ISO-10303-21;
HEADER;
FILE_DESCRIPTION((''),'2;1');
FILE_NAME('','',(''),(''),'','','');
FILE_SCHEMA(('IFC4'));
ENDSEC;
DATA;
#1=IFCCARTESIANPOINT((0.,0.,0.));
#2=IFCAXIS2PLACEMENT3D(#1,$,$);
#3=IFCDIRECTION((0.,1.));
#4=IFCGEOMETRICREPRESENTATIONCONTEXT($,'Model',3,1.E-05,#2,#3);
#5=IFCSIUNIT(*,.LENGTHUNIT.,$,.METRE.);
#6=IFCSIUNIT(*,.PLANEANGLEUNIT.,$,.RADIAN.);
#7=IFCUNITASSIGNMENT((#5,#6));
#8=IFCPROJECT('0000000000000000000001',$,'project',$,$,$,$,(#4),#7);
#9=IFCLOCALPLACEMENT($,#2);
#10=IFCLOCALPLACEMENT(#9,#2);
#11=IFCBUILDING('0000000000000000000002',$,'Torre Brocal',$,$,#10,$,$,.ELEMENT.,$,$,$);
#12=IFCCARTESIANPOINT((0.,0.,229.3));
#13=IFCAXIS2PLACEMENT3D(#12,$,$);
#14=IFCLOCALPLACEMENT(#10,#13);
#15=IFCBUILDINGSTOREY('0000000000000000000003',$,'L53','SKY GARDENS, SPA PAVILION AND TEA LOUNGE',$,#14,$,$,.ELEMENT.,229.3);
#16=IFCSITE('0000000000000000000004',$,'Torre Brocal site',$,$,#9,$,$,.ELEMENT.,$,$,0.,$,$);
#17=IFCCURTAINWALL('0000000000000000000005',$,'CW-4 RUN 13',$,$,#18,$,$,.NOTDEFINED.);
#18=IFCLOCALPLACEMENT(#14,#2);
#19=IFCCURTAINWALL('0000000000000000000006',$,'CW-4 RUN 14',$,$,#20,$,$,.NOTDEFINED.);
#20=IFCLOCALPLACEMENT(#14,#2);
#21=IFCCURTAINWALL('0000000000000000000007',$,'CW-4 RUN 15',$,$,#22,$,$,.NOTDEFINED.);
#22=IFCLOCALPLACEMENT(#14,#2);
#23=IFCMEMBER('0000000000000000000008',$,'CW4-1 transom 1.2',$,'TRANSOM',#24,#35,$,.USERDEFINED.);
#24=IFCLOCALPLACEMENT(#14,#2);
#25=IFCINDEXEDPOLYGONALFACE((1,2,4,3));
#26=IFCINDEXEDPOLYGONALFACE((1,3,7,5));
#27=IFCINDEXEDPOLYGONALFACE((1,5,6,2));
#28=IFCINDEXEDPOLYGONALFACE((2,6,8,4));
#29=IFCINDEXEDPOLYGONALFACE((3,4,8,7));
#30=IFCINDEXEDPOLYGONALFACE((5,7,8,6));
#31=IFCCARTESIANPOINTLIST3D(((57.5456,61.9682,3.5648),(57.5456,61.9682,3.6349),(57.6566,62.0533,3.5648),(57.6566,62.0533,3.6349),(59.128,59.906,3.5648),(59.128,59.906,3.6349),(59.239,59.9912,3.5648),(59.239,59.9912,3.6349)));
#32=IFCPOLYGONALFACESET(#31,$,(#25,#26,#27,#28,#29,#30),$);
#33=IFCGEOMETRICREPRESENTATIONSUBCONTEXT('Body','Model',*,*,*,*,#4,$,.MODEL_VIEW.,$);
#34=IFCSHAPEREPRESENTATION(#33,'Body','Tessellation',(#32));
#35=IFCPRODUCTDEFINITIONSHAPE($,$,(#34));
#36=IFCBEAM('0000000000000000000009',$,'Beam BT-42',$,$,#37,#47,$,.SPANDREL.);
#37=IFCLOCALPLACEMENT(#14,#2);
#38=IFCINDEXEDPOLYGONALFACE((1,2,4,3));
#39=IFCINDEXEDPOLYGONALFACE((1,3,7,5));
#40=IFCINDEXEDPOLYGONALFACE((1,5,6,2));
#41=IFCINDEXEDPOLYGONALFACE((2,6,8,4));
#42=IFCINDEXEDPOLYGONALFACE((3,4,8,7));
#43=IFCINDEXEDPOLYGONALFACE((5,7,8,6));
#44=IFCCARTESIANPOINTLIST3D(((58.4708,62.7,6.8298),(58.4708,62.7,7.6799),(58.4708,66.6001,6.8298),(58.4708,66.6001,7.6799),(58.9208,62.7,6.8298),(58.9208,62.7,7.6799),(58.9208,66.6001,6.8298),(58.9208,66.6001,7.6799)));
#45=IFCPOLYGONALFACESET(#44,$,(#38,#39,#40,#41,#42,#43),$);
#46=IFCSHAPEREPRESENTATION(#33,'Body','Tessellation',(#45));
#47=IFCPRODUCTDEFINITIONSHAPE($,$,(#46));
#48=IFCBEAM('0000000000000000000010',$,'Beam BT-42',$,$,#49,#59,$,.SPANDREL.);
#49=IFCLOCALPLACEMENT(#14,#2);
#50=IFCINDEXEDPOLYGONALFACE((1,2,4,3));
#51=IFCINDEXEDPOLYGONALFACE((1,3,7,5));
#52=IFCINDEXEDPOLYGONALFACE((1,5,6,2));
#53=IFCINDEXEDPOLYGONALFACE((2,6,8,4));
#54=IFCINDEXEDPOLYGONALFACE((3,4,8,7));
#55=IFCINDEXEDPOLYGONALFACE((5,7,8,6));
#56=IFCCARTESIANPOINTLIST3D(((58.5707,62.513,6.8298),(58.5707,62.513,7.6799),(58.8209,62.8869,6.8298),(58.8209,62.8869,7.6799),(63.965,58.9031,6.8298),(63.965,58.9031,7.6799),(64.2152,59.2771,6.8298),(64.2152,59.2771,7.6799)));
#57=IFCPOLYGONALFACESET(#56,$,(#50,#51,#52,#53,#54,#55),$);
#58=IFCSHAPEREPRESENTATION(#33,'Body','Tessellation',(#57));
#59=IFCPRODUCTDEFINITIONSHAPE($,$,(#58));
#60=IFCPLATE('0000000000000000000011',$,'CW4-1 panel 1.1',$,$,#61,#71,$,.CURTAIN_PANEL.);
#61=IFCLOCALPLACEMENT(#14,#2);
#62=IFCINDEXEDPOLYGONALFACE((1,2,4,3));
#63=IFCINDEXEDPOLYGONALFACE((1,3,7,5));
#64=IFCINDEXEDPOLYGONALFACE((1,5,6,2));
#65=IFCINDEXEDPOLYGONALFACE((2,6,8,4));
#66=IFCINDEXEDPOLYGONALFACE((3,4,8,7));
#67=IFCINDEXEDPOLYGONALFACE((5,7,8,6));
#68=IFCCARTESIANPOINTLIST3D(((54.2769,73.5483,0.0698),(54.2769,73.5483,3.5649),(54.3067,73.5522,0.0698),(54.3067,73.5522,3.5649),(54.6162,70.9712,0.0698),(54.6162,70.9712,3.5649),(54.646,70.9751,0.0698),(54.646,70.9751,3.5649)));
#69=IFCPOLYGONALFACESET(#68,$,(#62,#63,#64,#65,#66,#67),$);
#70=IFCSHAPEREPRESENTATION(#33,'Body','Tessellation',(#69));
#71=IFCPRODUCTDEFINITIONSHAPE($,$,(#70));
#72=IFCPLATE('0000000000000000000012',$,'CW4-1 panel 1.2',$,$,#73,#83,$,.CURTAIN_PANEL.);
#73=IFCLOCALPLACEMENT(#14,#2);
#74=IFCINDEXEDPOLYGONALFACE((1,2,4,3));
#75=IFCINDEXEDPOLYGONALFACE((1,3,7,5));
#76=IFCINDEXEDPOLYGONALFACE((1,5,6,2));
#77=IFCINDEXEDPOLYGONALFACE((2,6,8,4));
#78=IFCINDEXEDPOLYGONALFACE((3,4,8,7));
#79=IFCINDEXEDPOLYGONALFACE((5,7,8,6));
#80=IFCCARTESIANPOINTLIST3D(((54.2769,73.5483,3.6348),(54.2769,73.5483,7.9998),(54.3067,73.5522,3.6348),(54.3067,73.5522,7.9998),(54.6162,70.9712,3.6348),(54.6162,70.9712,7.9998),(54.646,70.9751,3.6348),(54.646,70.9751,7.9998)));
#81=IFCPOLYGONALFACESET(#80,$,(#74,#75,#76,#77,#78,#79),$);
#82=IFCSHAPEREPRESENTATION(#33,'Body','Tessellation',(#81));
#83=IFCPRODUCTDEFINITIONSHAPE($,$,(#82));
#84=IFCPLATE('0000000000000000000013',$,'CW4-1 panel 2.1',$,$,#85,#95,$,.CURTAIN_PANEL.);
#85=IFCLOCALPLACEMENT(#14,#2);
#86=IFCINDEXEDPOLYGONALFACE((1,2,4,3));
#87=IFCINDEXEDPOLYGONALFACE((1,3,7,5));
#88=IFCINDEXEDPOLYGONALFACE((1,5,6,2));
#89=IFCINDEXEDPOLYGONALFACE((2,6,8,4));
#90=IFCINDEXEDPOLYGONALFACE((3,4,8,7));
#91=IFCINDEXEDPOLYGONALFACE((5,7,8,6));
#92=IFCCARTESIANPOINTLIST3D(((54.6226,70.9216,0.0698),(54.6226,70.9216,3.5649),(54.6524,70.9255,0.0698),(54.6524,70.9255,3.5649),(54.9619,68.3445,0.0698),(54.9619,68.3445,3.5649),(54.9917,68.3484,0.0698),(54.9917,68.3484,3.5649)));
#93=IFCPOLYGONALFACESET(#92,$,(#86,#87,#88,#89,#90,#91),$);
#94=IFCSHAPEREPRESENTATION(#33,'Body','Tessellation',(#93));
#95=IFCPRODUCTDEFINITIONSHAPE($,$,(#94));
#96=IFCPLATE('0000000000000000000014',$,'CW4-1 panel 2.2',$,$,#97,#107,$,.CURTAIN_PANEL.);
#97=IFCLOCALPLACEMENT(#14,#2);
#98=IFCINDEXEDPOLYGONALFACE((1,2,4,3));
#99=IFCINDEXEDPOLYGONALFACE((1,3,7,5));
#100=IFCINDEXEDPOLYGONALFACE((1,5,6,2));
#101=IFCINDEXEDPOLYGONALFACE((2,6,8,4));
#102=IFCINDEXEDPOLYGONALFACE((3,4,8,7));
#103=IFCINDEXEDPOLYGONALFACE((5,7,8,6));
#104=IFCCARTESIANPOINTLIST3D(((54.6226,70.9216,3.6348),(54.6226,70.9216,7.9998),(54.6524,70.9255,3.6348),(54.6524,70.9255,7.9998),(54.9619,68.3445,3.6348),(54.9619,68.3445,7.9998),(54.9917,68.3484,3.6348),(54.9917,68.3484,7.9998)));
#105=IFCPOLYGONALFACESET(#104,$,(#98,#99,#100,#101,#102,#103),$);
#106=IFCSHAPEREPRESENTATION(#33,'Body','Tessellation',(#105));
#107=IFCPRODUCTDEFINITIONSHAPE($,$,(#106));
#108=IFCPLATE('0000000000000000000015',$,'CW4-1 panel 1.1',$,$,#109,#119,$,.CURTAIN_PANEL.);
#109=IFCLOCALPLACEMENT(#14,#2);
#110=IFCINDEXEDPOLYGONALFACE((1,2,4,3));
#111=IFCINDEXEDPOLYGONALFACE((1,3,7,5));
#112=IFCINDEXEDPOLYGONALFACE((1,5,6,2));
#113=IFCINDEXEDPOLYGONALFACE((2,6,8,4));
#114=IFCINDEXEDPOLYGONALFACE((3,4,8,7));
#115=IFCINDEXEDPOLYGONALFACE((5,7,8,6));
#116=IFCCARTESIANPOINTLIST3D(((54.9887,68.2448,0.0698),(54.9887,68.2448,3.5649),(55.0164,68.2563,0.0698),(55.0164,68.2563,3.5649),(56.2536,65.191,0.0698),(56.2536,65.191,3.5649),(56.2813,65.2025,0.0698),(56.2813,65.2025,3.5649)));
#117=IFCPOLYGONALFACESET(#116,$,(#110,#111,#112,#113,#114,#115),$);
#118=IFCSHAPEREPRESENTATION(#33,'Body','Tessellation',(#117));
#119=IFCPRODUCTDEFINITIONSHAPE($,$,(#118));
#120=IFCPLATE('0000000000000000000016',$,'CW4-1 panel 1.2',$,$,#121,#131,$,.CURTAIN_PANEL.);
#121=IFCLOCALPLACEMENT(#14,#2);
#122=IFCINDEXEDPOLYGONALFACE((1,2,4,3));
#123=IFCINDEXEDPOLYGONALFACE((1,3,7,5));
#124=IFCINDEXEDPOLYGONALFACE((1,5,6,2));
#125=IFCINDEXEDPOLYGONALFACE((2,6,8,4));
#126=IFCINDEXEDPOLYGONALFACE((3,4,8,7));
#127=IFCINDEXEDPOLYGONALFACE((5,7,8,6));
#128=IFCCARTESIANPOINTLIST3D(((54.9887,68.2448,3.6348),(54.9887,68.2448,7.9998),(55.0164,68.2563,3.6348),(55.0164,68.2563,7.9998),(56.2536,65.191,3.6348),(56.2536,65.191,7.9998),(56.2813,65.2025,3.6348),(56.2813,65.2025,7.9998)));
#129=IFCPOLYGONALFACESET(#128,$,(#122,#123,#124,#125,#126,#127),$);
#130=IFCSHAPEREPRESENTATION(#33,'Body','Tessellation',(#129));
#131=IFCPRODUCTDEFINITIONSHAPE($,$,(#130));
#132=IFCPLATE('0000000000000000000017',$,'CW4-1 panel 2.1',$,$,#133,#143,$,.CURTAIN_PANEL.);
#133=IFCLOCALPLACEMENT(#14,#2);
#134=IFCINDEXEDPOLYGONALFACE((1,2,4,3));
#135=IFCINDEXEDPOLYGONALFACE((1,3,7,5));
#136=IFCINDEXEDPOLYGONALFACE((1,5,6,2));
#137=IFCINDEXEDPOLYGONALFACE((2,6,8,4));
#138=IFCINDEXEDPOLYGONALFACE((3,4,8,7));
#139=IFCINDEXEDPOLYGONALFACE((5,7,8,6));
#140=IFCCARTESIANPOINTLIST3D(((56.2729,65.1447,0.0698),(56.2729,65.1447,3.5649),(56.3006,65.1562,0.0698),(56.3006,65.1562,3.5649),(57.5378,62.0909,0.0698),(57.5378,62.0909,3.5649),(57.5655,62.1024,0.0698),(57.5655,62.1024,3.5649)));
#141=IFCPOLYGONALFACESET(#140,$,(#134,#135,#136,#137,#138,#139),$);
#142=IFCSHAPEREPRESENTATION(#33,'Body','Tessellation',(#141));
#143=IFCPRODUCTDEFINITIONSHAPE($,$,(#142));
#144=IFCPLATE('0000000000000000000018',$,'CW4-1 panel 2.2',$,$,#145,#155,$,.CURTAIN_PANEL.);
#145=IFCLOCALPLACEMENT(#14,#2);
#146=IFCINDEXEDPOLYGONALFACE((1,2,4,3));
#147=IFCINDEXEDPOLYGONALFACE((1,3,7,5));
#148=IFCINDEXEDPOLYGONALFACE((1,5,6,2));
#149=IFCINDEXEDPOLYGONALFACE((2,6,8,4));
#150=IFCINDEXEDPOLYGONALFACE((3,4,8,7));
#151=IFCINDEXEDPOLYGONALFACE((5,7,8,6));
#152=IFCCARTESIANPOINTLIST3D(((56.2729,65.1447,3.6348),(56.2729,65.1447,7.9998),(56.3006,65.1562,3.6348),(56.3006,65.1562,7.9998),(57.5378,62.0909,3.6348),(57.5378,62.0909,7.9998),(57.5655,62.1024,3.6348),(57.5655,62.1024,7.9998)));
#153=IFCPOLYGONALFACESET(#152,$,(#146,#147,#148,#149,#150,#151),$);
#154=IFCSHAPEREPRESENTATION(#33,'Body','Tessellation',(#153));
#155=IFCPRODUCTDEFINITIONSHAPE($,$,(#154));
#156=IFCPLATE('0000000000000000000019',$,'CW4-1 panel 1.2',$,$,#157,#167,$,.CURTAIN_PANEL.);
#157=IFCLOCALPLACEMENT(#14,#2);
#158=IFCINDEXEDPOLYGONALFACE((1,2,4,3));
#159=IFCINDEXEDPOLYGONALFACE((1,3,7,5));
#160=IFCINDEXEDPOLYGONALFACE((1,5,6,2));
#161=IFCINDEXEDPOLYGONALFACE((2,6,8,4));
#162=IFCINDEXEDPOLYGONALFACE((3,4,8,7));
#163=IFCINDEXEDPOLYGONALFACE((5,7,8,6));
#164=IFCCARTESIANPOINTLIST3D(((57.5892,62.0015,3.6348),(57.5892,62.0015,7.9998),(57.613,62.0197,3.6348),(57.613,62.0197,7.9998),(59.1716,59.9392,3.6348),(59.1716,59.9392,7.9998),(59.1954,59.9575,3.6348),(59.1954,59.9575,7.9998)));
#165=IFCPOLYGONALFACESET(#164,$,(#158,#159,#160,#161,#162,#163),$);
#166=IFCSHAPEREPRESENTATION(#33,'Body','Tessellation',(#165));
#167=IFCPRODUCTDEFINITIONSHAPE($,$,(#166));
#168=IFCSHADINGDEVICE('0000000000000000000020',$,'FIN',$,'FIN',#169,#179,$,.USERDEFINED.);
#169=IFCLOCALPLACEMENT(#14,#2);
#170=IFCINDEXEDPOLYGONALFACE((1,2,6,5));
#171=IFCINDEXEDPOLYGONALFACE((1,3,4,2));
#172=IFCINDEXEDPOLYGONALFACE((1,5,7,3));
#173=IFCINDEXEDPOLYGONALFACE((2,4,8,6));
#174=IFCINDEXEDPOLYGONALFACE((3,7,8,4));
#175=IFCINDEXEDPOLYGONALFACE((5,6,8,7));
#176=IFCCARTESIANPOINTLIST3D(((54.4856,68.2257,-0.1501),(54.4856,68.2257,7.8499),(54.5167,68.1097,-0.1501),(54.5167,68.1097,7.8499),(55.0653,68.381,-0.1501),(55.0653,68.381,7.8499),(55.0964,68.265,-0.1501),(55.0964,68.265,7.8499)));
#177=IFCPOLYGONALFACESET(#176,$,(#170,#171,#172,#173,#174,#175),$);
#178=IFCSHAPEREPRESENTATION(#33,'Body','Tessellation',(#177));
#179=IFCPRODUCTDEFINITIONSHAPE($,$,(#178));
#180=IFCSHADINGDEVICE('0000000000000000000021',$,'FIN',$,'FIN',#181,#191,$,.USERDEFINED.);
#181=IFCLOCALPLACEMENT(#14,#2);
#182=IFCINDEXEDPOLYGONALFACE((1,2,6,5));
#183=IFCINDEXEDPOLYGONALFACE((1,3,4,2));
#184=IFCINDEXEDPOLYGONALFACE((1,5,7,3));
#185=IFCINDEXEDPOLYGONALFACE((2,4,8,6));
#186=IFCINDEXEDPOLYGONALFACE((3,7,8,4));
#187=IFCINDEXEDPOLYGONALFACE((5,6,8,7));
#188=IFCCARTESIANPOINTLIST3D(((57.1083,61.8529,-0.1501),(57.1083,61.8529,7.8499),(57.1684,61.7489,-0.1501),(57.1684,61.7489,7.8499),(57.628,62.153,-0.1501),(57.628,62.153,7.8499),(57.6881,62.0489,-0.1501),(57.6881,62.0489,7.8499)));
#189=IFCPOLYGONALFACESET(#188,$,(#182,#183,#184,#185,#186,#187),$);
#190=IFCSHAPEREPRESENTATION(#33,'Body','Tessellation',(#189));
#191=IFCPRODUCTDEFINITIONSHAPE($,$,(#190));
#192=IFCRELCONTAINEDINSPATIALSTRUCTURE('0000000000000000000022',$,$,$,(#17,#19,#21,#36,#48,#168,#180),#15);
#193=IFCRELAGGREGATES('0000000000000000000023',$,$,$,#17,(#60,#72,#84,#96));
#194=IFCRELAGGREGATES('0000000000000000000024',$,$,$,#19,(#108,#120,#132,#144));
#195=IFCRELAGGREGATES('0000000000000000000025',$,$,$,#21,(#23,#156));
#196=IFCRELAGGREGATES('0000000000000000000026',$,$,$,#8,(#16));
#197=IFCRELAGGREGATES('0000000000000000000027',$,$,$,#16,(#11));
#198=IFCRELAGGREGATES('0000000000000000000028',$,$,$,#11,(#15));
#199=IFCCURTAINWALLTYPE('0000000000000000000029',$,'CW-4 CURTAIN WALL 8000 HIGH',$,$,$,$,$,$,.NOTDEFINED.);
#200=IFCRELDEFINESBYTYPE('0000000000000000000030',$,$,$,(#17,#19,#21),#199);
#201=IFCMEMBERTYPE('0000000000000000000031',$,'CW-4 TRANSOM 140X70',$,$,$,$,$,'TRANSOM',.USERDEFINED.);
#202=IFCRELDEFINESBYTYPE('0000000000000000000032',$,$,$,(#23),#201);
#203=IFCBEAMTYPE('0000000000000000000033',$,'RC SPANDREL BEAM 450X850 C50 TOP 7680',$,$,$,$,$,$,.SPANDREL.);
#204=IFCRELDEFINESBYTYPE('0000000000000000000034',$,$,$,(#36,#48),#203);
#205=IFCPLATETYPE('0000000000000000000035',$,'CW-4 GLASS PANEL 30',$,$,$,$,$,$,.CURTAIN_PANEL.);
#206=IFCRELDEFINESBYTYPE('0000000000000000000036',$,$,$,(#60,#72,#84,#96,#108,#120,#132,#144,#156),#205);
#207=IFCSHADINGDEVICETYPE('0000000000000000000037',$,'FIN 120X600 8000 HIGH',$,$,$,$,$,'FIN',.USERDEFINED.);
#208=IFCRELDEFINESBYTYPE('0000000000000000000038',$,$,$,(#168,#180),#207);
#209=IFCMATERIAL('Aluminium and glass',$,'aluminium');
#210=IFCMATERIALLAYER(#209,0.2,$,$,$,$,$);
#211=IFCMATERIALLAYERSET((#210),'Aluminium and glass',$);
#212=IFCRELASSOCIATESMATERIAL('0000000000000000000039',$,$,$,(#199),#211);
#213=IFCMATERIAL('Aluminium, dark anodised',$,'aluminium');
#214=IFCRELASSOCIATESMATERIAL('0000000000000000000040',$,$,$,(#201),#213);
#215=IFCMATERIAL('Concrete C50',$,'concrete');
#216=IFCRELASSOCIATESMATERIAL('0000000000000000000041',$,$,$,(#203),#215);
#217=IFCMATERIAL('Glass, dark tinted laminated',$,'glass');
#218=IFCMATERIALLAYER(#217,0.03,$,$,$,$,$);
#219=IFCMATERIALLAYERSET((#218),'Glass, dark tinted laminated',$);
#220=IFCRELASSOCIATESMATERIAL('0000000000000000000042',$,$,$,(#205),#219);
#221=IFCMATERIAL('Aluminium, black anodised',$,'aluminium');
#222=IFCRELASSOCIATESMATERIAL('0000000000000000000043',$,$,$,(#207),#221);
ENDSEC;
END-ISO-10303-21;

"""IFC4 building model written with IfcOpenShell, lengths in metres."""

from ifc_helpers import new_model, si_unit, direction, frame, origin, origin_2d, place, context, subcontext, project, spatial, rectangle, extrude, material, layer, layer_set, material_profile, profile_set, type_object, element, aggregate, save


model = new_model("IFC4")

# Units and contexts
model_context = context("Model", 3, precision=1e-05, world=origin(), true_north=direction((0.0, 1.0)))
body_context = subcontext(model_context, "Body", "Model", "MODEL_VIEW")
ifc_project = project(units=[si_unit("LENGTHUNIT", "METRE"), si_unit("PLANEANGLEUNIT", "RADIAN")], contexts=[model_context])

# Site, building, storey
site_placement = place(None, origin())
site = spatial("IfcSite", under=ifc_project, at=site_placement, Name="Torre Brocal site", CompositionType="ELEMENT", RefElevation=0.0)
building_placement = place(site_placement, origin())
building = spatial("IfcBuilding", under=site, at=building_placement, Name="Torre Brocal", CompositionType="ELEMENT")
storey_placement = place(building_placement, frame((0.0, 0.0, 229.3)))
storey = spatial("IfcBuildingStorey", under=building, at=storey_placement, Name="L53", Description="SKY GARDENS, SPA PAVILION AND TEA LOUNGE", CompositionType="ELEMENT", Elevation=229.3)

# Curtain walls
ifc_material_1 = material(Name="Aluminium and glass", Category="aluminium")
ifc_layer_1 = layer(ifc_material_1, 0.2)
ifc_layer_set_1 = layer_set([ifc_layer_1], Name="Aluminium and glass")
curtain_wall_type = type_object("IfcCurtainWallType", Name="CW-4 CURTAIN WALL 8000 HIGH", PredefinedType="NOTDEFINED", material=ifc_layer_set_1)
curtain_wall_1_placement = place(storey_placement, origin())
curtain_wall_1 = element("IfcCurtainWall", 1, at=curtain_wall_1_placement, inside=storey, type_object=curtain_wall_type, Name="CW-4 RUN 13", PredefinedType="NOTDEFINED")
curtain_wall_2_placement = place(storey_placement, origin())
curtain_wall_2 = element("IfcCurtainWall", 2, at=curtain_wall_2_placement, inside=storey, type_object=curtain_wall_type, Name="CW-4 RUN 14", PredefinedType="NOTDEFINED")

# Curtain wall
curtain_wall_3_placement = place(storey_placement, origin())
curtain_wall_3 = element("IfcCurtainWall", 3, at=curtain_wall_3_placement, inside=storey, type_object=curtain_wall_type, Name="CW-4 RUN 15", PredefinedType="NOTDEFINED")

# Member
ifc_material_2 = material(Name="Aluminium, dark anodised", Category="aluminium")
ifc_material_profile_1 = material_profile(ifc_material_2, rectangle(XDim=0.1399, YDim=0.0701, at=origin_2d()), Name="CW-4 TRANSOM 140X70")
ifc_profile_set_1 = profile_set([ifc_material_profile_1], Name="Aluminium, dark anodised")
member_type_1 = type_object("IfcMemberType", Name="CW-4 TRANSOM 140X70", ElementType="TRANSOM", PredefinedType="USERDEFINED", material=ifc_profile_set_1)
member_1_placement = place(storey_placement, frame((57.6011, 62.0107, 3.5999), z_axis=(0.608784, -0.793336, 0.0), x_axis=(0.793336, 0.608784, 0.0)))
member_1 = element("IfcMember", 4, at=member_1_placement, type_object=member_type_1, Name="CW4-1 transom 1.2", ObjectType="TRANSOM", PredefinedType="USERDEFINED", context=body_context, shape_type="SweptSolid", body=[
    extrude(rectangle(XDim=0.1399, YDim=0.0701, at=origin_2d()), origin(), (0.0, 0.0, 1.0), 2.5994),
])

# Beams
ifc_material_3 = material(Name="Concrete C50", Category="concrete")
ifc_material_profile_2 = material_profile(ifc_material_3, rectangle(XDim=0.45, YDim=0.8501, at=origin_2d()), Name="RC 450X850")
ifc_profile_set_2 = profile_set([ifc_material_profile_2], Name="Concrete C50")
beam_type = type_object("IfcBeamType", Name="RC SPANDREL BEAM 450X850 C50 TOP 7680", PredefinedType="SPANDREL", material=ifc_profile_set_2)
beam_1_placement = place(storey_placement, frame((58.6958, 62.7, 7.2549), z_axis=(0.0, 1.0, 0.0), x_axis=(-1.0, 0.0, 0.0)))
element("IfcBeam", 5, at=beam_1_placement, inside=storey, type_object=beam_type, Name="Beam BT-42", PredefinedType="SPANDREL", context=body_context, shape_type="SweptSolid", body=[
    extrude(rectangle(XDim=0.45, YDim=0.8501, at=origin_2d()), origin(), (0.0, 0.0, 1.0), 3.9001),
])
beam_2_placement = place(storey_placement, frame((58.6958, 62.7, 7.2549), z_axis=(0.831077, -0.556158, 0.0), x_axis=(0.556158, 0.831077, 0.0)))
element("IfcBeam", 6, at=beam_2_placement, inside=storey, type_object=beam_type, Name="Beam BT-42", PredefinedType="SPANDREL", context=body_context, shape_type="SweptSolid", body=[
    extrude(rectangle(XDim=0.45, YDim=0.8501, at=origin_2d()), origin(), (0.0, 0.0, 1.0), 6.4907),
])

# Plates
ifc_material_4 = material(Name="Glass, dark tinted laminated", Category="glass")
ifc_layer_2 = layer(ifc_material_4, 0.03)
ifc_layer_set_2 = layer_set([ifc_layer_2], Name="Glass, dark tinted laminated")
plate_type = type_object("IfcPlateType", Name="CW-4 GLASS PANEL 30", PredefinedType="CURTAIN_PANEL", material=ifc_layer_set_2)
plate_1_placement = place(storey_placement, frame((54.4614, 72.2617, 0.0698), z_axis=(0.0, 0.0, 1.0), x_axis=(0.130526, -0.991445, 0.0)))
plate_1 = element("IfcPlate", 7, at=plate_1_placement, type_object=plate_type, Name="CW4-1 panel 1.1", PredefinedType="CURTAIN_PANEL", context=body_context, shape_type="SweptSolid", body=[
    extrude(rectangle(XDim=2.5994, YDim=0.03, at=origin_2d()), origin(), (0.0, 0.0, 1.0), 3.4951),
])
plate_2_placement = place(storey_placement, frame((54.4614, 72.2617, 3.6348), z_axis=(0.0, 0.0, 1.0), x_axis=(0.130526, -0.991445, 0.0)))
plate_2 = element("IfcPlate", 8, at=plate_2_placement, type_object=plate_type, Name="CW4-1 panel 1.2", PredefinedType="CURTAIN_PANEL", context=body_context, shape_type="SweptSolid", body=[
    extrude(rectangle(XDim=2.5994, YDim=0.03, at=origin_2d()), origin(), (0.0, 0.0, 1.0), 4.365),
])
plate_3_placement = place(storey_placement, frame((54.8071, 69.635, 0.0698), z_axis=(0.0, 0.0, 1.0), x_axis=(0.130526, -0.991445, 0.0)))
plate_3 = element("IfcPlate", 9, at=plate_3_placement, type_object=plate_type, Name="CW4-1 panel 2.1", PredefinedType="CURTAIN_PANEL", context=body_context, shape_type="SweptSolid", body=[
    extrude(rectangle(XDim=2.5994, YDim=0.03, at=origin_2d()), origin(), (0.0, 0.0, 1.0), 3.4951),
])
plate_4_placement = place(storey_placement, frame((54.8071, 69.635, 3.6348), z_axis=(0.0, 0.0, 1.0), x_axis=(0.130526, -0.991445, 0.0)))
plate_4 = element("IfcPlate", 10, at=plate_4_placement, type_object=plate_type, Name="CW4-1 panel 2.2", PredefinedType="CURTAIN_PANEL", context=body_context, shape_type="SweptSolid", body=[
    extrude(rectangle(XDim=2.5994, YDim=0.03, at=origin_2d()), origin(), (0.0, 0.0, 1.0), 4.365),
])
aggregate(curtain_wall_1, [plate_1, plate_2, plate_3, plate_4])
plate_5_placement = place(storey_placement, frame((55.635, 66.7236, 0.0698), z_axis=(0.0, 0.0, 1.0), x_axis=(0.382683, -0.92388, 0.0)))
plate_5 = element("IfcPlate", 11, at=plate_5_placement, type_object=plate_type, Name="CW4-1 panel 1.1", PredefinedType="CURTAIN_PANEL", context=body_context, shape_type="SweptSolid", body=[
    extrude(rectangle(XDim=3.3054, YDim=0.03, at=origin_2d()), origin(), (0.0, 0.0, 1.0), 3.4951),
])
plate_6_placement = place(storey_placement, frame((55.635, 66.7236, 3.6348), z_axis=(0.0, 0.0, 1.0), x_axis=(0.382683, -0.92388, 0.0)))
plate_6 = element("IfcPlate", 12, at=plate_6_placement, type_object=plate_type, Name="CW4-1 panel 1.2", PredefinedType="CURTAIN_PANEL", context=body_context, shape_type="SweptSolid", body=[
    extrude(rectangle(XDim=3.3054, YDim=0.03, at=origin_2d()), origin(), (0.0, 0.0, 1.0), 4.365),
])
plate_7_placement = place(storey_placement, frame((56.9192, 63.6235, 0.0698), z_axis=(0.0, 0.0, 1.0), x_axis=(0.382683, -0.92388, 0.0)))
plate_7 = element("IfcPlate", 13, at=plate_7_placement, type_object=plate_type, Name="CW4-1 panel 2.1", PredefinedType="CURTAIN_PANEL", context=body_context, shape_type="SweptSolid", body=[
    extrude(rectangle(XDim=3.3054, YDim=0.03, at=origin_2d()), origin(), (0.0, 0.0, 1.0), 3.4951),
])
plate_8_placement = place(storey_placement, frame((56.9192, 63.6235, 3.6348), z_axis=(0.0, 0.0, 1.0), x_axis=(0.382683, -0.92388, 0.0)))
plate_8 = element("IfcPlate", 14, at=plate_8_placement, type_object=plate_type, Name="CW4-1 panel 2.2", PredefinedType="CURTAIN_PANEL", context=body_context, shape_type="SweptSolid", body=[
    extrude(rectangle(XDim=3.3054, YDim=0.03, at=origin_2d()), origin(), (0.0, 0.0, 1.0), 4.365),
])
aggregate(curtain_wall_2, [plate_5, plate_6, plate_7, plate_8])
plate_9_placement = place(storey_placement, frame((58.3923, 60.9795, 3.6348), z_axis=(0.0, 0.0, 1.0), x_axis=(0.608761, -0.793353, 0.0)))
plate_9 = element("IfcPlate", 15, at=plate_9_placement, type_object=plate_type, Name="CW4-1 panel 1.2", PredefinedType="CURTAIN_PANEL", context=body_context, shape_type="SweptSolid", body=[
    extrude(rectangle(XDim=2.5994, YDim=0.03, at=origin_2d()), origin(), (0.0, 0.0, 1.0), 4.365),
])
aggregate(curtain_wall_3, [member_1, plate_9])

# Shading devices
ifc_material_5 = material(Name="Aluminium, black anodised", Category="aluminium")
ifc_material_profile_3 = material_profile(ifc_material_5, rectangle(XDim=0.1201, YDim=0.6001, at=origin_2d()), Name="FIN 120X600 8000 HIGH")
ifc_profile_set_3 = profile_set([ifc_material_profile_3], Name="Aluminium, black anodised")
shading_device_type = type_object("IfcShadingDeviceType", Name="FIN 120X600 8000 HIGH", ElementType="FIN", PredefinedType="USERDEFINED", material=ifc_profile_set_3)
for number, where, z_axis, x_axis, name in (
    (16, (54.791, 68.2454, -0.1501), (0.0, 0.0, 1.0), (0.258819, -0.965926, 0.0), "FIN"),
    (17, (57.3982, 61.9509, -0.1501), (0.0, 0.0, 1.0), (0.5, -0.866025, 0.0), "FIN"),
):
    element("IfcShadingDevice", number, at=place(storey_placement, frame(where, z_axis=z_axis, x_axis=x_axis)), inside=storey, type_object=shading_device_type, Name=name, ObjectType="FIN", PredefinedType="USERDEFINED", context=body_context, shape_type="SweptSolid", body=[
        extrude(rectangle(XDim=0.1201, YDim=0.6001, at=origin_2d()), origin(), (0.0, 0.0, 1.0), 8.0),
    ])

save(model, "model.ifc")
